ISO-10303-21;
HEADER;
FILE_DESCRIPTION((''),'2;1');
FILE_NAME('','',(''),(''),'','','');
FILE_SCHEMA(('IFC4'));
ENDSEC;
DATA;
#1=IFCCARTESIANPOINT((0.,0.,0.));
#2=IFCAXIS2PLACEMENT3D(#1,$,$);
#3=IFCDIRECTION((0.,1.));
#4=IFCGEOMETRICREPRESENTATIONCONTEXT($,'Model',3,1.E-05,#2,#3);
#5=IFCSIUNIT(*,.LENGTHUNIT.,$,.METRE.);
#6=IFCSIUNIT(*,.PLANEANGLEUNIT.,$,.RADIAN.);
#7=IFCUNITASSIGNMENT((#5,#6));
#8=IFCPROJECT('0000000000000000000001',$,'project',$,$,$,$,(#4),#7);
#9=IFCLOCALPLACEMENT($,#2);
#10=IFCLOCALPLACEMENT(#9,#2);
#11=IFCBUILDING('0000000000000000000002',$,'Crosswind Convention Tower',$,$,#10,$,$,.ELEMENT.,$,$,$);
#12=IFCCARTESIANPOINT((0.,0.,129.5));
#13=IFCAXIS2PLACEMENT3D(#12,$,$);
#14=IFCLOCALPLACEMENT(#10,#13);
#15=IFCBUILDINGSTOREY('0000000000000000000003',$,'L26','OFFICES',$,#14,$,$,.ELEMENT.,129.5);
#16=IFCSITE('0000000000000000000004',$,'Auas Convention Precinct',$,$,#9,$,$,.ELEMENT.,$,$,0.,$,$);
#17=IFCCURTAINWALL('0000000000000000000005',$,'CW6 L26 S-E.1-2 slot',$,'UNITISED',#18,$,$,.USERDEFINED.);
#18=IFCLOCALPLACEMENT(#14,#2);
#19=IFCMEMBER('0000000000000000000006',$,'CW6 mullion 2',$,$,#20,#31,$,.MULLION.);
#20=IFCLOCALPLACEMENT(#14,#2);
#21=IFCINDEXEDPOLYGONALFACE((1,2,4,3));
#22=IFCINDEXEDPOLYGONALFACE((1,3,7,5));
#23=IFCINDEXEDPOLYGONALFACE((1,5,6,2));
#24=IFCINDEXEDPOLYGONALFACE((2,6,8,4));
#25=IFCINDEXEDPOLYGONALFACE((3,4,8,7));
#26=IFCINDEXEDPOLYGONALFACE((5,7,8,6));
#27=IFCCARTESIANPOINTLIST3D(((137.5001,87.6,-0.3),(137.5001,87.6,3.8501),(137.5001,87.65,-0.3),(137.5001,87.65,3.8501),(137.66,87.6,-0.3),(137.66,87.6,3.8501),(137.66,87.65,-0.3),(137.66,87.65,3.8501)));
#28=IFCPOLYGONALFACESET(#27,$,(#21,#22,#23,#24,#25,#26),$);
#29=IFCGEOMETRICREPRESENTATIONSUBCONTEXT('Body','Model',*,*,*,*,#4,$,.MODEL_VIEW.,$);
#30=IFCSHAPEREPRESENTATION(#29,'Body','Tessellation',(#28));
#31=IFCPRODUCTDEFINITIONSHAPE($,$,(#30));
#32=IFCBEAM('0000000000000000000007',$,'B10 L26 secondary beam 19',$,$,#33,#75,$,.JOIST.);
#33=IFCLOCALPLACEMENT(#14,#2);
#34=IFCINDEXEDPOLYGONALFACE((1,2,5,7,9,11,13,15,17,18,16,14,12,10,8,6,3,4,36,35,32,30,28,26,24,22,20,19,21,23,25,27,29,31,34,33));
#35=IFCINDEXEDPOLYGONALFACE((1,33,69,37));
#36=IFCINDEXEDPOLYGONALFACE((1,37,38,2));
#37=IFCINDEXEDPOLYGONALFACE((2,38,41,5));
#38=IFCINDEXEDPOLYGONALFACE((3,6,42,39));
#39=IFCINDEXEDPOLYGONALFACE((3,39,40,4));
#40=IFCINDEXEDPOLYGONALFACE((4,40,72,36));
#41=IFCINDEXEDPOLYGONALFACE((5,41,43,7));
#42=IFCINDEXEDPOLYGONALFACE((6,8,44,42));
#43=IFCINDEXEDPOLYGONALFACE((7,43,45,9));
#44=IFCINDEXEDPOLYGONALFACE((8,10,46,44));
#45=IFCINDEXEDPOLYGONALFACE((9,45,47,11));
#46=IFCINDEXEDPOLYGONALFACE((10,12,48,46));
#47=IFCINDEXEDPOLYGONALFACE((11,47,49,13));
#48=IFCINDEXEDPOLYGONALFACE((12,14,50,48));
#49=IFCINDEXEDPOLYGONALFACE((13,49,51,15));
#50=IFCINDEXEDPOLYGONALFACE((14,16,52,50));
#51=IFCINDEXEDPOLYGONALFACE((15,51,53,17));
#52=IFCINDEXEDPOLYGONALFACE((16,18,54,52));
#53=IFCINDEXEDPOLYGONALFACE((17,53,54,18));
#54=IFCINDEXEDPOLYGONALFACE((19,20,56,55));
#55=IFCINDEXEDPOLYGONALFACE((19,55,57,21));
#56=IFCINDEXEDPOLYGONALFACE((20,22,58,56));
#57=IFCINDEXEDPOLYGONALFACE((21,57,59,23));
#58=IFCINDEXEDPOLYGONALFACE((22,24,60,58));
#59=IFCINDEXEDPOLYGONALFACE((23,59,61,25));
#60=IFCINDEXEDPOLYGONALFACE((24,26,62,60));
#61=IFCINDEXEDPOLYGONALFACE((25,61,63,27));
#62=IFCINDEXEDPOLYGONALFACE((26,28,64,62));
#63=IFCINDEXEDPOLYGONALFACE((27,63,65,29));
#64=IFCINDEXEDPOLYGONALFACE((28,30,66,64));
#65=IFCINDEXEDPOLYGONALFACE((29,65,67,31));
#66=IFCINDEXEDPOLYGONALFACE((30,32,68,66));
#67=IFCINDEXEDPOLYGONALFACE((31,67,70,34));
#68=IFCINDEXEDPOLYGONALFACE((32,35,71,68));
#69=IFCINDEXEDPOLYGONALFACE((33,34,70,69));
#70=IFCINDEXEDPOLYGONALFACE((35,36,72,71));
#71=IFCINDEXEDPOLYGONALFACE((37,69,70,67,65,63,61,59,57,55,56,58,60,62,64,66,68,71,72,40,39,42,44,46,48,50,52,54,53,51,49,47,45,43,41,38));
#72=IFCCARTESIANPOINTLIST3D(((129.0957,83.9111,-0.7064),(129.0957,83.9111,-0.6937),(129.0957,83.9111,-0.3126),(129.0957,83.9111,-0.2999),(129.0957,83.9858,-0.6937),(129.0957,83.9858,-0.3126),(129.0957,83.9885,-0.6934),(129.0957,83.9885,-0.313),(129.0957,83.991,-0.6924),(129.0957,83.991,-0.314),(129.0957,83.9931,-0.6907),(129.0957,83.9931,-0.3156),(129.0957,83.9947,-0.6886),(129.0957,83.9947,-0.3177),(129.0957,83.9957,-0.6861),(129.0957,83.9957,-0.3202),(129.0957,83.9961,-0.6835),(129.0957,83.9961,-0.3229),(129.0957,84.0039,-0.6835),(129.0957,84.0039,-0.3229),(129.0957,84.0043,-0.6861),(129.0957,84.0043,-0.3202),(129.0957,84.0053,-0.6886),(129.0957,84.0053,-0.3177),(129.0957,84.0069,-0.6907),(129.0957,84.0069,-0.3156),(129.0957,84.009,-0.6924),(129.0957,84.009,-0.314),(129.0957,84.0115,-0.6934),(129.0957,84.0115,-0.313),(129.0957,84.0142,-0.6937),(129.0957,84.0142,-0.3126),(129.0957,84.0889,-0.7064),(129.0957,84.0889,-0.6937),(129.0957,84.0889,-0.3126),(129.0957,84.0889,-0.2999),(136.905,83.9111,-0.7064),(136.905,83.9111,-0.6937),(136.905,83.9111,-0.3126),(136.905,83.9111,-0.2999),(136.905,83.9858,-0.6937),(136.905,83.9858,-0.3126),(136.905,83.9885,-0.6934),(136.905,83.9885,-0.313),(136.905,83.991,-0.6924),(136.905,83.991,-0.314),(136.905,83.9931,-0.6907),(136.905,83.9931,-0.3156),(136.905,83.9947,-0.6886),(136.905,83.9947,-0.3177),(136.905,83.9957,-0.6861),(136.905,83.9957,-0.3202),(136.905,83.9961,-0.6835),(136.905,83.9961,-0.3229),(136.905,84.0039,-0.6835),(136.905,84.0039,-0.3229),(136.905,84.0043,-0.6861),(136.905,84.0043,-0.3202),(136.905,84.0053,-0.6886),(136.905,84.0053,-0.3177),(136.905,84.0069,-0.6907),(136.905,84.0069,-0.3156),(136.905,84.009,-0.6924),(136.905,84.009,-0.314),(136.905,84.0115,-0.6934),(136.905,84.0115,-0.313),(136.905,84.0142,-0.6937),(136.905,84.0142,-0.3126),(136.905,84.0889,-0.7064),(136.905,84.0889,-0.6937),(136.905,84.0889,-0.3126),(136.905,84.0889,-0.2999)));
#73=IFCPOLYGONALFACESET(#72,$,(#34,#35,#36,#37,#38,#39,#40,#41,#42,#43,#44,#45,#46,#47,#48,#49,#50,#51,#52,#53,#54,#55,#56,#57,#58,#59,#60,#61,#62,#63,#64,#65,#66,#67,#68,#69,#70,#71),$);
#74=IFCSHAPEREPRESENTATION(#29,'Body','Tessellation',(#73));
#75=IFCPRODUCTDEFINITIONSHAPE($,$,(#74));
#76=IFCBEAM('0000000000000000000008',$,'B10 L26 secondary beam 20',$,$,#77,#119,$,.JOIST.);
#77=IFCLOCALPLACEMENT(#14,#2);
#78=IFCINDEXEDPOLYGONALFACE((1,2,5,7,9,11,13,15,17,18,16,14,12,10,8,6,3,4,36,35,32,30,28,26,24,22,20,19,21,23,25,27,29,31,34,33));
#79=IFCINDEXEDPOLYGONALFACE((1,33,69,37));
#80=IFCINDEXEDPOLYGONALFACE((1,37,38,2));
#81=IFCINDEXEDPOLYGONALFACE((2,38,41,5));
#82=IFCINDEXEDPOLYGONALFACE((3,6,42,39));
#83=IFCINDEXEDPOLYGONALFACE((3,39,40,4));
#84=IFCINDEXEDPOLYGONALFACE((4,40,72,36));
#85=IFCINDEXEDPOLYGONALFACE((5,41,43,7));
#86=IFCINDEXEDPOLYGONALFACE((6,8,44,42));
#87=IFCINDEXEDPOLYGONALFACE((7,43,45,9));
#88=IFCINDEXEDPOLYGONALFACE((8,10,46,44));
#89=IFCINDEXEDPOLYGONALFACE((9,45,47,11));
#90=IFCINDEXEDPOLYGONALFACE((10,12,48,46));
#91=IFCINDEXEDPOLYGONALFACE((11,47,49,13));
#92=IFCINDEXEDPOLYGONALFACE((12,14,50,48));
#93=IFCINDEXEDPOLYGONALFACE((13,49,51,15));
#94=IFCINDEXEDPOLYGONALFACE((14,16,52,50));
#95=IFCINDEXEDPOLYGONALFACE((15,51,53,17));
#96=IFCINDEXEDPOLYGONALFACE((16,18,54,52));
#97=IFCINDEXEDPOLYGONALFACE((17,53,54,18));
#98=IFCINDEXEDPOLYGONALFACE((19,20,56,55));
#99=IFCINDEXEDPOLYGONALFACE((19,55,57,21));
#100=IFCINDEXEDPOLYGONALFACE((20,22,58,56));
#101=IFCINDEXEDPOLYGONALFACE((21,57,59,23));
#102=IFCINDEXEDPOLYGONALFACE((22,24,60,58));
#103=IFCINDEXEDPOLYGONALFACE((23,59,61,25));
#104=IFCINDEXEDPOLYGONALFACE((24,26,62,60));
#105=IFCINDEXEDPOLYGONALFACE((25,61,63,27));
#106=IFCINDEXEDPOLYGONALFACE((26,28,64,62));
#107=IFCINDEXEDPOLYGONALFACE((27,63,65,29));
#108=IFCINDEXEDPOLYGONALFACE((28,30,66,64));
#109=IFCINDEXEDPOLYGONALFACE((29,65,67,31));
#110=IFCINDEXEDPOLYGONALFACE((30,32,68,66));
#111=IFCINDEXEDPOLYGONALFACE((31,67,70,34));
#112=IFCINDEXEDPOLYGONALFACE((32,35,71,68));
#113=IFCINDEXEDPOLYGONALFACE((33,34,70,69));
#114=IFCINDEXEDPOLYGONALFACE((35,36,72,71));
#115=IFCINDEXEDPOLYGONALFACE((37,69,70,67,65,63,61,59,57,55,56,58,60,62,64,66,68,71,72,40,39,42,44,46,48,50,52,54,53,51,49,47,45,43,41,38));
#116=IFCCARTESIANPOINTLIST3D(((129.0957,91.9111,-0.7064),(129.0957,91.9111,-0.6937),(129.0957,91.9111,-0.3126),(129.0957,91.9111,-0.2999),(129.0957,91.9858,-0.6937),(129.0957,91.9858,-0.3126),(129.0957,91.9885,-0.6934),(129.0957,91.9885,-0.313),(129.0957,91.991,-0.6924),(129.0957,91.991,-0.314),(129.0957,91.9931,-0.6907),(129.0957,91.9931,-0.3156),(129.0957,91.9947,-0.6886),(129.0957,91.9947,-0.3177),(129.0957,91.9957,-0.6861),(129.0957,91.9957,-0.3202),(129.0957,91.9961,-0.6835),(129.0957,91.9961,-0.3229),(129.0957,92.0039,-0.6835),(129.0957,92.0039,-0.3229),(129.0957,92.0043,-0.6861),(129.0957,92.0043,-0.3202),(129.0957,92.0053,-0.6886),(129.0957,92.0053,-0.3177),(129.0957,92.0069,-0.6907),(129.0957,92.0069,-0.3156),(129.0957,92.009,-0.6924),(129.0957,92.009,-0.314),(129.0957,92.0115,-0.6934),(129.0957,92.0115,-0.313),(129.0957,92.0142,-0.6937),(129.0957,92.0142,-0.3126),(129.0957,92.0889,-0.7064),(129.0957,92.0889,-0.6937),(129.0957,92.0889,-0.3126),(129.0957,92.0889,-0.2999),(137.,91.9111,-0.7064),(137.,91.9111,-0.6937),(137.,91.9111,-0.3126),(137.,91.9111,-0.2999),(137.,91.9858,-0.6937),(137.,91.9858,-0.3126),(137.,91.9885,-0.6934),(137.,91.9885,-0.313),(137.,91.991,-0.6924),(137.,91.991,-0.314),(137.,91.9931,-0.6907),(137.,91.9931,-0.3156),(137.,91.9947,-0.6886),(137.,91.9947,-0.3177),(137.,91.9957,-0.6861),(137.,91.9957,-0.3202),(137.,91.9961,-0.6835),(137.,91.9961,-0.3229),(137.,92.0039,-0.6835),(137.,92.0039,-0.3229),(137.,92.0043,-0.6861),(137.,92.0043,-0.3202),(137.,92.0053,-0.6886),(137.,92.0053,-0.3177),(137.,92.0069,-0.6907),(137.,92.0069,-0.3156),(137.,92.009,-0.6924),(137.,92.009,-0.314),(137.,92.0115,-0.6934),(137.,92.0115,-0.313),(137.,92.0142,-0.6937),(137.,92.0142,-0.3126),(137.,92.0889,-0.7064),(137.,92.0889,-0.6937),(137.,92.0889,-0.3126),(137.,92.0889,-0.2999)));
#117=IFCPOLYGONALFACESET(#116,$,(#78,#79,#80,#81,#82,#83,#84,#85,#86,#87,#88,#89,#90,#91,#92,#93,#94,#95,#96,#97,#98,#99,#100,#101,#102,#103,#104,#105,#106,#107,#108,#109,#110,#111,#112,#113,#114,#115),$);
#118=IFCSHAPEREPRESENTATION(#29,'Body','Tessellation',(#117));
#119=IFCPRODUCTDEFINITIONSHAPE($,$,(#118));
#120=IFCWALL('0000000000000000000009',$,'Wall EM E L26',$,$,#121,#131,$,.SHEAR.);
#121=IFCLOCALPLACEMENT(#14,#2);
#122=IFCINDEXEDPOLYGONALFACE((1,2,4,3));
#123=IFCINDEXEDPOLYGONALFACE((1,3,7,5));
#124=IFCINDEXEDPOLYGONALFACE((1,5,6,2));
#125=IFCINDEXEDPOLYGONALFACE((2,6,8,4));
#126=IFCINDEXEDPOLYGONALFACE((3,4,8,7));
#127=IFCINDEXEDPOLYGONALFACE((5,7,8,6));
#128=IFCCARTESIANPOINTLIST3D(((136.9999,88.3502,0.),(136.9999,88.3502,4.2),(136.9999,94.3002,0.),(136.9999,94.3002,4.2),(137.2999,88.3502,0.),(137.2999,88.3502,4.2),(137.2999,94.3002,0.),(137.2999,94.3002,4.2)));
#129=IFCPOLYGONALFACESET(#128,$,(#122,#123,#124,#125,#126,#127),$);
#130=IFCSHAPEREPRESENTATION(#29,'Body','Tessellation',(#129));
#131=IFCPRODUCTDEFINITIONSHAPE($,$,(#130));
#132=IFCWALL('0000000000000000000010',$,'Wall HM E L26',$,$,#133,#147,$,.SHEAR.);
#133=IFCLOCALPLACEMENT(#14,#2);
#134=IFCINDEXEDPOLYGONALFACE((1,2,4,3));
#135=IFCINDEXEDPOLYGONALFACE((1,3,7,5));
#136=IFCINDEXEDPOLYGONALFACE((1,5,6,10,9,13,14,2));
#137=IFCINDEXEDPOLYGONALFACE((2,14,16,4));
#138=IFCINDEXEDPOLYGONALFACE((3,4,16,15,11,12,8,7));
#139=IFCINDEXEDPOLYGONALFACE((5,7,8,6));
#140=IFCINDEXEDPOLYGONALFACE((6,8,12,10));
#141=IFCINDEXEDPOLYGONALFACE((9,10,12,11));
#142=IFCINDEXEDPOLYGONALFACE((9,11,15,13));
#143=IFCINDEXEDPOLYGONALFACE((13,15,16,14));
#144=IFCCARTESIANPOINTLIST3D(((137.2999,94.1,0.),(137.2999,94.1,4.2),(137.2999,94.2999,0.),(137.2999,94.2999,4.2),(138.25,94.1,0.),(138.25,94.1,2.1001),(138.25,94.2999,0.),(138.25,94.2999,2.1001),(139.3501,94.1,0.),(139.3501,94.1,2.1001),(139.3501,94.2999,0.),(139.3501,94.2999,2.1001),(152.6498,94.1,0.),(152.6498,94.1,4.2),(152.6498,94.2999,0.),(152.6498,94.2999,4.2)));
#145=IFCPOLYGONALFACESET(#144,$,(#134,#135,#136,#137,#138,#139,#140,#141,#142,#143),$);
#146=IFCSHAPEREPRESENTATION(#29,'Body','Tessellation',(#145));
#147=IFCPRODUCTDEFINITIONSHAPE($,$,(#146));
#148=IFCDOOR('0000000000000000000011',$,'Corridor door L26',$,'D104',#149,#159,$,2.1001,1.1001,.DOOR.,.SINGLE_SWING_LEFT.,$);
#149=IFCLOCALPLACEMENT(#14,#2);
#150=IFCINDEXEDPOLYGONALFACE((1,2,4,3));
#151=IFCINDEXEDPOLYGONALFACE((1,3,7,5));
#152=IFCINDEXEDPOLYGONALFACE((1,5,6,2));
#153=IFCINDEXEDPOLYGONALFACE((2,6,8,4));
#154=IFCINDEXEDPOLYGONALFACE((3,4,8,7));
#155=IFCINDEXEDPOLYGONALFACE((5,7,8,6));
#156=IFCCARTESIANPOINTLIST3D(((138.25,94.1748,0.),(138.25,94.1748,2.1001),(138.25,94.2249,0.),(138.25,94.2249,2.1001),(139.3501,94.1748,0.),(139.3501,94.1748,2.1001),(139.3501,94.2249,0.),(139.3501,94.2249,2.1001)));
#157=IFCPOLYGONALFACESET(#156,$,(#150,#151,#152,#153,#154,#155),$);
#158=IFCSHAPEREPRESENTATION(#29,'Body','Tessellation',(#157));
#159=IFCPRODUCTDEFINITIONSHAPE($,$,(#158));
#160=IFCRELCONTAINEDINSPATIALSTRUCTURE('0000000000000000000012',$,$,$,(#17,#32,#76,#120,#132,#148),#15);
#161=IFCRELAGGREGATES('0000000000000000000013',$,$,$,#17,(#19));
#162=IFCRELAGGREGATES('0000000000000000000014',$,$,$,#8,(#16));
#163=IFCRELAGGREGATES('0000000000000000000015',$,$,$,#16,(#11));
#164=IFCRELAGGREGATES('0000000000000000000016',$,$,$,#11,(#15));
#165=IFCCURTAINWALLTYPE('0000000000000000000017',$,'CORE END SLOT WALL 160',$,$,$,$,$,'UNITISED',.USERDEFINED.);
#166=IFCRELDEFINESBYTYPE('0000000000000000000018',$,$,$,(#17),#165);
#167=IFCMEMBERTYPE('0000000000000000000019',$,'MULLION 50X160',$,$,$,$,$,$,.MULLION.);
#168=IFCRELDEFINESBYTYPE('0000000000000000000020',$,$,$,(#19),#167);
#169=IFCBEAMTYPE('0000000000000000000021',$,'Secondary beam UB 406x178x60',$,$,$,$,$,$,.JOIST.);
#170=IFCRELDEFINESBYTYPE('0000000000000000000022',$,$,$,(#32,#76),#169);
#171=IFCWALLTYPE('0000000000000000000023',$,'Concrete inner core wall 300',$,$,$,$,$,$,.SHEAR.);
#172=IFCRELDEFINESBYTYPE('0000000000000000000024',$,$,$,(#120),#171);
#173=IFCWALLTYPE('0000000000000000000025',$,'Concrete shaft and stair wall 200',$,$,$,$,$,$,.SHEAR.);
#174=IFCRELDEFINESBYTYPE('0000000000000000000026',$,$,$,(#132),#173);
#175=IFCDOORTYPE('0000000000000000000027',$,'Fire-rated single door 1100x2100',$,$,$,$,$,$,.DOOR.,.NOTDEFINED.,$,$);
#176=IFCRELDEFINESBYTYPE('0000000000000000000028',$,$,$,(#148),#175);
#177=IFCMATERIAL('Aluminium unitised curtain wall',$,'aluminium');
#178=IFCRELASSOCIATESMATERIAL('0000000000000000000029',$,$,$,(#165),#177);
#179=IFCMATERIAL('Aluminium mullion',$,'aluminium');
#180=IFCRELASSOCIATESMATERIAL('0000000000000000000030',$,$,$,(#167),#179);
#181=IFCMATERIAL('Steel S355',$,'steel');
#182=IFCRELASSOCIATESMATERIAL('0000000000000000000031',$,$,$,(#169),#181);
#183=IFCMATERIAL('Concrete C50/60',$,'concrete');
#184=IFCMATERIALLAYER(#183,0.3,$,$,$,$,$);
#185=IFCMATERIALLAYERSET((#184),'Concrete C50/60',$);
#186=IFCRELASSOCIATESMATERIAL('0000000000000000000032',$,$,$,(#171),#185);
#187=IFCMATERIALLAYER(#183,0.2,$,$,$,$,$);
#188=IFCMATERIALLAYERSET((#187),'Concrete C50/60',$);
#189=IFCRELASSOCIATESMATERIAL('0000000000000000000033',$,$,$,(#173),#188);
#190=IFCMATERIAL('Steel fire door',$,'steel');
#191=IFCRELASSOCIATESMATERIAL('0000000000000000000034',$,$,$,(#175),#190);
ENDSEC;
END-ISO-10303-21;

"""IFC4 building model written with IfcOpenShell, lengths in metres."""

from ifc_helpers import new_model, si_unit, direction, frame, frame_2d, origin, origin_2d, place, context, subcontext, project, spatial, rectangle, i_section, extrude, material, layer, layer_set, material_profile, profile_set, type_object, element, fill, aggregate, save


model = new_model("IFC4")

# Units and contexts
model_context = context("Model", 3, precision=1e-05, world=origin(), true_north=direction((0.0, 1.0)))
body_context = subcontext(model_context, "Body", "Model", "MODEL_VIEW")
ifc_project = project(units=[si_unit("LENGTHUNIT", "METRE"), si_unit("PLANEANGLEUNIT", "RADIAN")], contexts=[model_context])

# Site, building, storey
site_placement = place(None, origin())
site = spatial("IfcSite", under=ifc_project, at=site_placement, Name="Auas Convention Precinct", CompositionType="ELEMENT", RefElevation=0.0)
building_placement = place(site_placement, origin())
building = spatial("IfcBuilding", under=site, at=building_placement, Name="Crosswind Convention Tower", CompositionType="ELEMENT")
storey_placement = place(building_placement, frame((0.0, 0.0, 129.5)))
storey = spatial("IfcBuildingStorey", under=building, at=storey_placement, Name="L26", Description="OFFICES", CompositionType="ELEMENT", Elevation=129.5)

# Shared definitions
ifc_material_1 = material(Name="Steel S355", Category="steel")

# Curtain wall, member
ifc_material_2 = material(Name="Aluminium unitised curtain wall", Category="aluminium")
curtain_wall_type = type_object("IfcCurtainWallType", Name="CORE END SLOT WALL 160", ElementType="UNITISED", PredefinedType="USERDEFINED", material=ifc_material_2)
curtain_wall_placement = place(storey_placement, origin())
curtain_wall = element("IfcCurtainWall", 1, at=curtain_wall_placement, inside=storey, type_object=curtain_wall_type, Name="CW6 L26 S-E.1-2 slot", ObjectType="UNITISED", PredefinedType="USERDEFINED")
ifc_material_3 = material(Name="Aluminium mullion", Category="aluminium")
ifc_material_profile_1 = material_profile(ifc_material_3, rectangle(XDim=0.1599, YDim=0.05, at=origin_2d()), Name="AL 160X50")
ifc_profile_set_1 = profile_set([ifc_material_profile_1], Name="Aluminium mullion")
member_type = type_object("IfcMemberType", Name="MULLION 50X160", PredefinedType="MULLION", material=ifc_profile_set_1)
member_placement = place(storey_placement, frame((137.5801, 87.625, -0.3), z_axis=(0.0, 0.0, 1.0), x_axis=(1.0, 0.0, 0.0)))
member = element("IfcMember", 2, at=member_placement, type_object=member_type, Name="CW6 mullion 2", PredefinedType="MULLION", context=body_context, shape_type="SweptSolid", body=[
    extrude(rectangle(XDim=0.1599, YDim=0.05, at=origin_2d()), origin(), (0.0, 0.0, 1.0), 4.1501),
])
aggregate(curtain_wall, [member])

# Beams
ifc_material_profile_2 = material_profile(ifc_material_1, i_section(OverallWidth=0.1777, OverallDepth=0.4065, WebThickness=0.0078, FlangeThickness=0.0127, FilletRadius=0.0103, at=origin_2d()), Name="UB 406x178x60")
ifc_profile_set_2 = profile_set([ifc_material_profile_2], Name="Steel S355")
beam_type_1 = type_object("IfcBeamType", Name="Secondary beam UB 406x178x60", PredefinedType="JOIST", material=ifc_profile_set_2)
beam_1_placement = place(storey_placement, frame((129.0957, 84.0, -0.5032), z_axis=(1.0, 0.0, 0.0), x_axis=(0.0, 1.0, 0.0)))
element("IfcBeam", 3, at=beam_1_placement, inside=storey, type_object=beam_type_1, Name="B10 L26 secondary beam 19", PredefinedType="JOIST", context=body_context, shape_type="SweptSolid", body=[
    extrude(i_section(OverallWidth=0.1777, OverallDepth=0.4065, WebThickness=0.0078, FlangeThickness=0.0127, FilletRadius=0.0103, at=origin_2d()), origin(), (0.0, 0.0, 1.0), 7.8093),
])
beam_2_placement = place(storey_placement, frame((129.0957, 92.0, -0.5032), z_axis=(1.0, 0.0, 0.0), x_axis=(0.0, 1.0, 0.0)))
element("IfcBeam", 4, at=beam_2_placement, inside=storey, type_object=beam_type_1, Name="B10 L26 secondary beam 20", PredefinedType="JOIST", context=body_context, shape_type="SweptSolid", body=[
    extrude(i_section(OverallWidth=0.1777, OverallDepth=0.4065, WebThickness=0.0078, FlangeThickness=0.0127, FilletRadius=0.0103, at=origin_2d()), origin(), (0.0, 0.0, 1.0), 7.9043),
])

# Shared definitions
ifc_material_4 = material(Name="Concrete C50/60", Category="concrete")
ifc_layer_1 = layer(ifc_material_4, 0.3)
ifc_layer_set_1 = layer_set([ifc_layer_1], Name="Concrete C50/60")
wall_type_1 = type_object("IfcWallType", Name="Concrete inner core wall 300", PredefinedType="SHEAR", material=ifc_layer_set_1)

# Wall
wall_1_placement = place(storey_placement, frame((137.1499, 88.3501, 0.0), z_axis=(0.0, 0.0, 1.0), x_axis=(0.0, 1.0, 0.0)))
element("IfcWall", 5, at=wall_1_placement, inside=storey, type_object=wall_type_1, Name="Wall EM E L26", PredefinedType="SHEAR", context=body_context, shape_type="SweptSolid", body=[
    extrude(rectangle(XDim=5.95, YDim=0.3, at=frame_2d((2.9751, 0.0))), origin(), (0.0, 0.0, 1.0), 4.2),
])

# Wall, opening, door
ifc_layer_2 = layer(ifc_material_4, 0.2)
ifc_layer_set_2 = layer_set([ifc_layer_2], Name="Concrete C50/60")
wall_type_2 = type_object("IfcWallType", Name="Concrete shaft and stair wall 200", PredefinedType="SHEAR", material=ifc_layer_set_2)
wall_2_placement = place(storey_placement, frame((137.3, 94.2, 0.0), z_axis=(0.0, 0.0, 1.0), x_axis=(1.0, 0.0, 0.0)))
wall_2 = element("IfcWall", 6, at=wall_2_placement, inside=storey, type_object=wall_type_2, Name="Wall HM E L26", PredefinedType="SHEAR", context=body_context, shape_type="SweptSolid", body=[
    extrude(rectangle(XDim=15.3499, YDim=0.2, at=frame_2d((7.6748, 0.0))), origin(), (0.0, 0.0, 1.0), 4.2),
])
opening_1_placement = place(wall_2_placement, frame((0.95, 0.0, 0.0)))
opening_1 = element("IfcOpeningElement", 7, at=opening_1_placement, cuts=wall_2, PredefinedType="OPENING", context=body_context, shape_type="SweptSolid", body=[
    extrude(rectangle(XDim=1.1001, YDim=2.1001, at=frame_2d((0.55, 1.05))), frame((0.0, 0.1099, 0.0), z_axis=(0.0, -1.0, 0.0), x_axis=(1.0, 0.0, 0.0)), (0.0, 0.0, 1.0), 0.22),
])
ifc_material_5 = material(Name="Steel fire door", Category="steel")
door_type_1 = type_object("IfcDoorType", Name="Fire-rated single door 1100x2100", OperationType="NOTDEFINED", PredefinedType="DOOR", material=ifc_material_5)
door_1_placement = place(opening_1_placement, origin())
door_1 = element("IfcDoor", 8, at=door_1_placement, inside=storey, type_object=door_type_1, Name="Corridor door L26", ObjectType="D104", OperationType="SINGLE_SWING_LEFT", OverallHeight=2.1001, OverallWidth=1.1001, PredefinedType="DOOR", context=body_context, shape_type="SweptSolid", body=[
    extrude(rectangle(XDim=1.1001, YDim=2.1001, at=frame_2d((0.55, 1.05))), frame((0.0, 0.0249, 0.0), z_axis=(0.0, -1.0, 0.0), x_axis=(1.0, 0.0, 0.0)), (0.0, 0.0, 1.0), 0.05),
])
fill(opening_1, door_1)

save(model, "model.ifc")
